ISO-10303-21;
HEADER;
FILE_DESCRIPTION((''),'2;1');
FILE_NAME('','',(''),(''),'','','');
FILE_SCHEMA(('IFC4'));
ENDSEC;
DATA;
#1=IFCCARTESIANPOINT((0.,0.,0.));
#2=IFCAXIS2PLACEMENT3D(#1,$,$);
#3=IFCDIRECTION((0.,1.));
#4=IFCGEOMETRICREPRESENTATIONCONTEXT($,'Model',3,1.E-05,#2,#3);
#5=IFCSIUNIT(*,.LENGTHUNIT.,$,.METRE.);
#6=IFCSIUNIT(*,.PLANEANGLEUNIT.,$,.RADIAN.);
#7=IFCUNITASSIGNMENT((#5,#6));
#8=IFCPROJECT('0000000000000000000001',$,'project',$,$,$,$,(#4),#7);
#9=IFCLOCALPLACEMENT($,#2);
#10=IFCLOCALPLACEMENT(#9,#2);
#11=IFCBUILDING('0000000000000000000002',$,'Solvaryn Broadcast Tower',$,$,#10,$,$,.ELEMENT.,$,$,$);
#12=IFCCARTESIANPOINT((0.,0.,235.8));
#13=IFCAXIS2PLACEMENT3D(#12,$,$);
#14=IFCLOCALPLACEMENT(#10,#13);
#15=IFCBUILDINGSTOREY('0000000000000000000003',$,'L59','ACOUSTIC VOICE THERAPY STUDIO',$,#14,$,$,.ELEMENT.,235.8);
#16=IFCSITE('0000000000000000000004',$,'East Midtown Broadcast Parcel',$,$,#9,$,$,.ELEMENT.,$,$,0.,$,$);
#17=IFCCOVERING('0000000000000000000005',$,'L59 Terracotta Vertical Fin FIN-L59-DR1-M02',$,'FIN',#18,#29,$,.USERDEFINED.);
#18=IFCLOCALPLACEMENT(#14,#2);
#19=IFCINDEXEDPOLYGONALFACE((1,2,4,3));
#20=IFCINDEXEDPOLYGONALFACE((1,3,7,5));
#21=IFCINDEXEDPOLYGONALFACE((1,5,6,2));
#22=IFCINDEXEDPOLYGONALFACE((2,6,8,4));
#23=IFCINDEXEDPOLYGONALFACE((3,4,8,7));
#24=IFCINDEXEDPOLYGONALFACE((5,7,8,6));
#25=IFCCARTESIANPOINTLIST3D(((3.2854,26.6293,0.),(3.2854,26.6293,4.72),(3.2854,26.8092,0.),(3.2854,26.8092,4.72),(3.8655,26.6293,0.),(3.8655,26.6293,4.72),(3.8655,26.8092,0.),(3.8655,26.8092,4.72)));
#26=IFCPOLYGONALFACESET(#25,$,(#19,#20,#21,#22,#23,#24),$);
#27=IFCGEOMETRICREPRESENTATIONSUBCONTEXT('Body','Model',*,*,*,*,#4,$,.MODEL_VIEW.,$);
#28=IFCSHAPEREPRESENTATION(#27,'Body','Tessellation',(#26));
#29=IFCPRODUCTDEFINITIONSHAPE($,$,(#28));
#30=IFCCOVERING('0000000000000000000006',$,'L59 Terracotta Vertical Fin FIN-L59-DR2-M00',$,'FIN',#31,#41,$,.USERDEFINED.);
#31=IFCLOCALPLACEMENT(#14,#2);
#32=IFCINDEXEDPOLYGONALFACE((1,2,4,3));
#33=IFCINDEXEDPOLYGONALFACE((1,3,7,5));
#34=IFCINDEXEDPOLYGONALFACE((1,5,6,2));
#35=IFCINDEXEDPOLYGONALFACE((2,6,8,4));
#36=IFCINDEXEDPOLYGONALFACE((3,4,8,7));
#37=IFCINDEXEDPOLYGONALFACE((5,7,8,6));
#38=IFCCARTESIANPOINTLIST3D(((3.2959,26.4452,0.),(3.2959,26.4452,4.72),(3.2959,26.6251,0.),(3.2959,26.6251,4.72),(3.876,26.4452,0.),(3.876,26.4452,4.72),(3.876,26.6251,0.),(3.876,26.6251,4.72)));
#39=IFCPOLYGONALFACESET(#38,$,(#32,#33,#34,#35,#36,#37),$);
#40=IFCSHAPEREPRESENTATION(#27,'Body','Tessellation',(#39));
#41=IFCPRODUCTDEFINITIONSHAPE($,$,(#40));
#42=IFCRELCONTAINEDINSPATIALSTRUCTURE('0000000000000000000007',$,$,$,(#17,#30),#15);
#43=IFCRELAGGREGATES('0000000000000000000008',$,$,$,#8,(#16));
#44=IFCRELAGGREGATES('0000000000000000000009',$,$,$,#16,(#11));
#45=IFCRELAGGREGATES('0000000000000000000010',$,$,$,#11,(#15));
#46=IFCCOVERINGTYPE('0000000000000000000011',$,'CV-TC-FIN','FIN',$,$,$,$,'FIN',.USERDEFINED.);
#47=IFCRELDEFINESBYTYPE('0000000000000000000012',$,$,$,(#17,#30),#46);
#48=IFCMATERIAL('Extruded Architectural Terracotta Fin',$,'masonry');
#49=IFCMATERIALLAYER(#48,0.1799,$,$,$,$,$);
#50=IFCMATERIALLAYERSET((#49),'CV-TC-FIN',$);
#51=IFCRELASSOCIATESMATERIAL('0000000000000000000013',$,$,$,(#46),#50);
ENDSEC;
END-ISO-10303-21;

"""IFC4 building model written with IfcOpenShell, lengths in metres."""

from ifc_helpers import new_model, si_unit, direction, frame, origin, origin_2d, place, context, subcontext, project, spatial, rectangle, extrude, material, layer, layer_set, type_object, element, save


model = new_model("IFC4")

# Units and contexts
model_context = context("Model", 3, precision=1e-05, world=origin(), true_north=direction((0.0, 1.0)))
body_context = subcontext(model_context, "Body", "Model", "MODEL_VIEW")
ifc_project = project(units=[si_unit("LENGTHUNIT", "METRE"), si_unit("PLANEANGLEUNIT", "RADIAN")], contexts=[model_context])

# Site, building, storey
site_placement = place(None, origin())
site = spatial("IfcSite", under=ifc_project, at=site_placement, Name="East Midtown Broadcast Parcel", CompositionType="ELEMENT", RefElevation=0.0)
building_placement = place(site_placement, origin())
building = spatial("IfcBuilding", under=site, at=building_placement, Name="Solvaryn Broadcast Tower", CompositionType="ELEMENT")
storey_placement = place(building_placement, frame((0.0, 0.0, 235.8)))
storey = spatial("IfcBuildingStorey", under=building, at=storey_placement, Name="L59", Description="ACOUSTIC VOICE THERAPY STUDIO", CompositionType="ELEMENT", Elevation=235.8)

# Coverings
ifc_material_1 = material(Name="Extruded Architectural Terracotta Fin", Category="masonry")
ifc_layer_1 = layer(ifc_material_1, 0.1799)
ifc_layer_set_1 = layer_set([ifc_layer_1], Name="CV-TC-FIN")
covering_type = type_object("IfcCoveringType", Name="CV-TC-FIN", Description="FIN", ElementType="FIN", PredefinedType="USERDEFINED", material=ifc_layer_set_1)
for number, where, z_axis, x_axis, name in (
    (1, (3.5754, 26.7192, 0.0), (0.0, 0.0, 1.0), (1.0, 0.0, 0.0), "L59 Terracotta Vertical Fin FIN-L59-DR1-M02"),
    (2, (3.5859, 26.5352, 0.0), (0.0, 0.0, 1.0), (1.0, 0.0, 0.0), "L59 Terracotta Vertical Fin FIN-L59-DR2-M00"),
):
    element("IfcCovering", number, at=place(storey_placement, frame(where, z_axis=z_axis, x_axis=x_axis)), inside=storey, type_object=covering_type, Name=name, ObjectType="FIN", PredefinedType="USERDEFINED", context=body_context, shape_type="SweptSolid", body=[
        extrude(rectangle(XDim=0.5801, YDim=0.1799, at=origin_2d()), origin(), (0.0, 0.0, 1.0), 4.72),
    ])

save(model, "model.ifc")
